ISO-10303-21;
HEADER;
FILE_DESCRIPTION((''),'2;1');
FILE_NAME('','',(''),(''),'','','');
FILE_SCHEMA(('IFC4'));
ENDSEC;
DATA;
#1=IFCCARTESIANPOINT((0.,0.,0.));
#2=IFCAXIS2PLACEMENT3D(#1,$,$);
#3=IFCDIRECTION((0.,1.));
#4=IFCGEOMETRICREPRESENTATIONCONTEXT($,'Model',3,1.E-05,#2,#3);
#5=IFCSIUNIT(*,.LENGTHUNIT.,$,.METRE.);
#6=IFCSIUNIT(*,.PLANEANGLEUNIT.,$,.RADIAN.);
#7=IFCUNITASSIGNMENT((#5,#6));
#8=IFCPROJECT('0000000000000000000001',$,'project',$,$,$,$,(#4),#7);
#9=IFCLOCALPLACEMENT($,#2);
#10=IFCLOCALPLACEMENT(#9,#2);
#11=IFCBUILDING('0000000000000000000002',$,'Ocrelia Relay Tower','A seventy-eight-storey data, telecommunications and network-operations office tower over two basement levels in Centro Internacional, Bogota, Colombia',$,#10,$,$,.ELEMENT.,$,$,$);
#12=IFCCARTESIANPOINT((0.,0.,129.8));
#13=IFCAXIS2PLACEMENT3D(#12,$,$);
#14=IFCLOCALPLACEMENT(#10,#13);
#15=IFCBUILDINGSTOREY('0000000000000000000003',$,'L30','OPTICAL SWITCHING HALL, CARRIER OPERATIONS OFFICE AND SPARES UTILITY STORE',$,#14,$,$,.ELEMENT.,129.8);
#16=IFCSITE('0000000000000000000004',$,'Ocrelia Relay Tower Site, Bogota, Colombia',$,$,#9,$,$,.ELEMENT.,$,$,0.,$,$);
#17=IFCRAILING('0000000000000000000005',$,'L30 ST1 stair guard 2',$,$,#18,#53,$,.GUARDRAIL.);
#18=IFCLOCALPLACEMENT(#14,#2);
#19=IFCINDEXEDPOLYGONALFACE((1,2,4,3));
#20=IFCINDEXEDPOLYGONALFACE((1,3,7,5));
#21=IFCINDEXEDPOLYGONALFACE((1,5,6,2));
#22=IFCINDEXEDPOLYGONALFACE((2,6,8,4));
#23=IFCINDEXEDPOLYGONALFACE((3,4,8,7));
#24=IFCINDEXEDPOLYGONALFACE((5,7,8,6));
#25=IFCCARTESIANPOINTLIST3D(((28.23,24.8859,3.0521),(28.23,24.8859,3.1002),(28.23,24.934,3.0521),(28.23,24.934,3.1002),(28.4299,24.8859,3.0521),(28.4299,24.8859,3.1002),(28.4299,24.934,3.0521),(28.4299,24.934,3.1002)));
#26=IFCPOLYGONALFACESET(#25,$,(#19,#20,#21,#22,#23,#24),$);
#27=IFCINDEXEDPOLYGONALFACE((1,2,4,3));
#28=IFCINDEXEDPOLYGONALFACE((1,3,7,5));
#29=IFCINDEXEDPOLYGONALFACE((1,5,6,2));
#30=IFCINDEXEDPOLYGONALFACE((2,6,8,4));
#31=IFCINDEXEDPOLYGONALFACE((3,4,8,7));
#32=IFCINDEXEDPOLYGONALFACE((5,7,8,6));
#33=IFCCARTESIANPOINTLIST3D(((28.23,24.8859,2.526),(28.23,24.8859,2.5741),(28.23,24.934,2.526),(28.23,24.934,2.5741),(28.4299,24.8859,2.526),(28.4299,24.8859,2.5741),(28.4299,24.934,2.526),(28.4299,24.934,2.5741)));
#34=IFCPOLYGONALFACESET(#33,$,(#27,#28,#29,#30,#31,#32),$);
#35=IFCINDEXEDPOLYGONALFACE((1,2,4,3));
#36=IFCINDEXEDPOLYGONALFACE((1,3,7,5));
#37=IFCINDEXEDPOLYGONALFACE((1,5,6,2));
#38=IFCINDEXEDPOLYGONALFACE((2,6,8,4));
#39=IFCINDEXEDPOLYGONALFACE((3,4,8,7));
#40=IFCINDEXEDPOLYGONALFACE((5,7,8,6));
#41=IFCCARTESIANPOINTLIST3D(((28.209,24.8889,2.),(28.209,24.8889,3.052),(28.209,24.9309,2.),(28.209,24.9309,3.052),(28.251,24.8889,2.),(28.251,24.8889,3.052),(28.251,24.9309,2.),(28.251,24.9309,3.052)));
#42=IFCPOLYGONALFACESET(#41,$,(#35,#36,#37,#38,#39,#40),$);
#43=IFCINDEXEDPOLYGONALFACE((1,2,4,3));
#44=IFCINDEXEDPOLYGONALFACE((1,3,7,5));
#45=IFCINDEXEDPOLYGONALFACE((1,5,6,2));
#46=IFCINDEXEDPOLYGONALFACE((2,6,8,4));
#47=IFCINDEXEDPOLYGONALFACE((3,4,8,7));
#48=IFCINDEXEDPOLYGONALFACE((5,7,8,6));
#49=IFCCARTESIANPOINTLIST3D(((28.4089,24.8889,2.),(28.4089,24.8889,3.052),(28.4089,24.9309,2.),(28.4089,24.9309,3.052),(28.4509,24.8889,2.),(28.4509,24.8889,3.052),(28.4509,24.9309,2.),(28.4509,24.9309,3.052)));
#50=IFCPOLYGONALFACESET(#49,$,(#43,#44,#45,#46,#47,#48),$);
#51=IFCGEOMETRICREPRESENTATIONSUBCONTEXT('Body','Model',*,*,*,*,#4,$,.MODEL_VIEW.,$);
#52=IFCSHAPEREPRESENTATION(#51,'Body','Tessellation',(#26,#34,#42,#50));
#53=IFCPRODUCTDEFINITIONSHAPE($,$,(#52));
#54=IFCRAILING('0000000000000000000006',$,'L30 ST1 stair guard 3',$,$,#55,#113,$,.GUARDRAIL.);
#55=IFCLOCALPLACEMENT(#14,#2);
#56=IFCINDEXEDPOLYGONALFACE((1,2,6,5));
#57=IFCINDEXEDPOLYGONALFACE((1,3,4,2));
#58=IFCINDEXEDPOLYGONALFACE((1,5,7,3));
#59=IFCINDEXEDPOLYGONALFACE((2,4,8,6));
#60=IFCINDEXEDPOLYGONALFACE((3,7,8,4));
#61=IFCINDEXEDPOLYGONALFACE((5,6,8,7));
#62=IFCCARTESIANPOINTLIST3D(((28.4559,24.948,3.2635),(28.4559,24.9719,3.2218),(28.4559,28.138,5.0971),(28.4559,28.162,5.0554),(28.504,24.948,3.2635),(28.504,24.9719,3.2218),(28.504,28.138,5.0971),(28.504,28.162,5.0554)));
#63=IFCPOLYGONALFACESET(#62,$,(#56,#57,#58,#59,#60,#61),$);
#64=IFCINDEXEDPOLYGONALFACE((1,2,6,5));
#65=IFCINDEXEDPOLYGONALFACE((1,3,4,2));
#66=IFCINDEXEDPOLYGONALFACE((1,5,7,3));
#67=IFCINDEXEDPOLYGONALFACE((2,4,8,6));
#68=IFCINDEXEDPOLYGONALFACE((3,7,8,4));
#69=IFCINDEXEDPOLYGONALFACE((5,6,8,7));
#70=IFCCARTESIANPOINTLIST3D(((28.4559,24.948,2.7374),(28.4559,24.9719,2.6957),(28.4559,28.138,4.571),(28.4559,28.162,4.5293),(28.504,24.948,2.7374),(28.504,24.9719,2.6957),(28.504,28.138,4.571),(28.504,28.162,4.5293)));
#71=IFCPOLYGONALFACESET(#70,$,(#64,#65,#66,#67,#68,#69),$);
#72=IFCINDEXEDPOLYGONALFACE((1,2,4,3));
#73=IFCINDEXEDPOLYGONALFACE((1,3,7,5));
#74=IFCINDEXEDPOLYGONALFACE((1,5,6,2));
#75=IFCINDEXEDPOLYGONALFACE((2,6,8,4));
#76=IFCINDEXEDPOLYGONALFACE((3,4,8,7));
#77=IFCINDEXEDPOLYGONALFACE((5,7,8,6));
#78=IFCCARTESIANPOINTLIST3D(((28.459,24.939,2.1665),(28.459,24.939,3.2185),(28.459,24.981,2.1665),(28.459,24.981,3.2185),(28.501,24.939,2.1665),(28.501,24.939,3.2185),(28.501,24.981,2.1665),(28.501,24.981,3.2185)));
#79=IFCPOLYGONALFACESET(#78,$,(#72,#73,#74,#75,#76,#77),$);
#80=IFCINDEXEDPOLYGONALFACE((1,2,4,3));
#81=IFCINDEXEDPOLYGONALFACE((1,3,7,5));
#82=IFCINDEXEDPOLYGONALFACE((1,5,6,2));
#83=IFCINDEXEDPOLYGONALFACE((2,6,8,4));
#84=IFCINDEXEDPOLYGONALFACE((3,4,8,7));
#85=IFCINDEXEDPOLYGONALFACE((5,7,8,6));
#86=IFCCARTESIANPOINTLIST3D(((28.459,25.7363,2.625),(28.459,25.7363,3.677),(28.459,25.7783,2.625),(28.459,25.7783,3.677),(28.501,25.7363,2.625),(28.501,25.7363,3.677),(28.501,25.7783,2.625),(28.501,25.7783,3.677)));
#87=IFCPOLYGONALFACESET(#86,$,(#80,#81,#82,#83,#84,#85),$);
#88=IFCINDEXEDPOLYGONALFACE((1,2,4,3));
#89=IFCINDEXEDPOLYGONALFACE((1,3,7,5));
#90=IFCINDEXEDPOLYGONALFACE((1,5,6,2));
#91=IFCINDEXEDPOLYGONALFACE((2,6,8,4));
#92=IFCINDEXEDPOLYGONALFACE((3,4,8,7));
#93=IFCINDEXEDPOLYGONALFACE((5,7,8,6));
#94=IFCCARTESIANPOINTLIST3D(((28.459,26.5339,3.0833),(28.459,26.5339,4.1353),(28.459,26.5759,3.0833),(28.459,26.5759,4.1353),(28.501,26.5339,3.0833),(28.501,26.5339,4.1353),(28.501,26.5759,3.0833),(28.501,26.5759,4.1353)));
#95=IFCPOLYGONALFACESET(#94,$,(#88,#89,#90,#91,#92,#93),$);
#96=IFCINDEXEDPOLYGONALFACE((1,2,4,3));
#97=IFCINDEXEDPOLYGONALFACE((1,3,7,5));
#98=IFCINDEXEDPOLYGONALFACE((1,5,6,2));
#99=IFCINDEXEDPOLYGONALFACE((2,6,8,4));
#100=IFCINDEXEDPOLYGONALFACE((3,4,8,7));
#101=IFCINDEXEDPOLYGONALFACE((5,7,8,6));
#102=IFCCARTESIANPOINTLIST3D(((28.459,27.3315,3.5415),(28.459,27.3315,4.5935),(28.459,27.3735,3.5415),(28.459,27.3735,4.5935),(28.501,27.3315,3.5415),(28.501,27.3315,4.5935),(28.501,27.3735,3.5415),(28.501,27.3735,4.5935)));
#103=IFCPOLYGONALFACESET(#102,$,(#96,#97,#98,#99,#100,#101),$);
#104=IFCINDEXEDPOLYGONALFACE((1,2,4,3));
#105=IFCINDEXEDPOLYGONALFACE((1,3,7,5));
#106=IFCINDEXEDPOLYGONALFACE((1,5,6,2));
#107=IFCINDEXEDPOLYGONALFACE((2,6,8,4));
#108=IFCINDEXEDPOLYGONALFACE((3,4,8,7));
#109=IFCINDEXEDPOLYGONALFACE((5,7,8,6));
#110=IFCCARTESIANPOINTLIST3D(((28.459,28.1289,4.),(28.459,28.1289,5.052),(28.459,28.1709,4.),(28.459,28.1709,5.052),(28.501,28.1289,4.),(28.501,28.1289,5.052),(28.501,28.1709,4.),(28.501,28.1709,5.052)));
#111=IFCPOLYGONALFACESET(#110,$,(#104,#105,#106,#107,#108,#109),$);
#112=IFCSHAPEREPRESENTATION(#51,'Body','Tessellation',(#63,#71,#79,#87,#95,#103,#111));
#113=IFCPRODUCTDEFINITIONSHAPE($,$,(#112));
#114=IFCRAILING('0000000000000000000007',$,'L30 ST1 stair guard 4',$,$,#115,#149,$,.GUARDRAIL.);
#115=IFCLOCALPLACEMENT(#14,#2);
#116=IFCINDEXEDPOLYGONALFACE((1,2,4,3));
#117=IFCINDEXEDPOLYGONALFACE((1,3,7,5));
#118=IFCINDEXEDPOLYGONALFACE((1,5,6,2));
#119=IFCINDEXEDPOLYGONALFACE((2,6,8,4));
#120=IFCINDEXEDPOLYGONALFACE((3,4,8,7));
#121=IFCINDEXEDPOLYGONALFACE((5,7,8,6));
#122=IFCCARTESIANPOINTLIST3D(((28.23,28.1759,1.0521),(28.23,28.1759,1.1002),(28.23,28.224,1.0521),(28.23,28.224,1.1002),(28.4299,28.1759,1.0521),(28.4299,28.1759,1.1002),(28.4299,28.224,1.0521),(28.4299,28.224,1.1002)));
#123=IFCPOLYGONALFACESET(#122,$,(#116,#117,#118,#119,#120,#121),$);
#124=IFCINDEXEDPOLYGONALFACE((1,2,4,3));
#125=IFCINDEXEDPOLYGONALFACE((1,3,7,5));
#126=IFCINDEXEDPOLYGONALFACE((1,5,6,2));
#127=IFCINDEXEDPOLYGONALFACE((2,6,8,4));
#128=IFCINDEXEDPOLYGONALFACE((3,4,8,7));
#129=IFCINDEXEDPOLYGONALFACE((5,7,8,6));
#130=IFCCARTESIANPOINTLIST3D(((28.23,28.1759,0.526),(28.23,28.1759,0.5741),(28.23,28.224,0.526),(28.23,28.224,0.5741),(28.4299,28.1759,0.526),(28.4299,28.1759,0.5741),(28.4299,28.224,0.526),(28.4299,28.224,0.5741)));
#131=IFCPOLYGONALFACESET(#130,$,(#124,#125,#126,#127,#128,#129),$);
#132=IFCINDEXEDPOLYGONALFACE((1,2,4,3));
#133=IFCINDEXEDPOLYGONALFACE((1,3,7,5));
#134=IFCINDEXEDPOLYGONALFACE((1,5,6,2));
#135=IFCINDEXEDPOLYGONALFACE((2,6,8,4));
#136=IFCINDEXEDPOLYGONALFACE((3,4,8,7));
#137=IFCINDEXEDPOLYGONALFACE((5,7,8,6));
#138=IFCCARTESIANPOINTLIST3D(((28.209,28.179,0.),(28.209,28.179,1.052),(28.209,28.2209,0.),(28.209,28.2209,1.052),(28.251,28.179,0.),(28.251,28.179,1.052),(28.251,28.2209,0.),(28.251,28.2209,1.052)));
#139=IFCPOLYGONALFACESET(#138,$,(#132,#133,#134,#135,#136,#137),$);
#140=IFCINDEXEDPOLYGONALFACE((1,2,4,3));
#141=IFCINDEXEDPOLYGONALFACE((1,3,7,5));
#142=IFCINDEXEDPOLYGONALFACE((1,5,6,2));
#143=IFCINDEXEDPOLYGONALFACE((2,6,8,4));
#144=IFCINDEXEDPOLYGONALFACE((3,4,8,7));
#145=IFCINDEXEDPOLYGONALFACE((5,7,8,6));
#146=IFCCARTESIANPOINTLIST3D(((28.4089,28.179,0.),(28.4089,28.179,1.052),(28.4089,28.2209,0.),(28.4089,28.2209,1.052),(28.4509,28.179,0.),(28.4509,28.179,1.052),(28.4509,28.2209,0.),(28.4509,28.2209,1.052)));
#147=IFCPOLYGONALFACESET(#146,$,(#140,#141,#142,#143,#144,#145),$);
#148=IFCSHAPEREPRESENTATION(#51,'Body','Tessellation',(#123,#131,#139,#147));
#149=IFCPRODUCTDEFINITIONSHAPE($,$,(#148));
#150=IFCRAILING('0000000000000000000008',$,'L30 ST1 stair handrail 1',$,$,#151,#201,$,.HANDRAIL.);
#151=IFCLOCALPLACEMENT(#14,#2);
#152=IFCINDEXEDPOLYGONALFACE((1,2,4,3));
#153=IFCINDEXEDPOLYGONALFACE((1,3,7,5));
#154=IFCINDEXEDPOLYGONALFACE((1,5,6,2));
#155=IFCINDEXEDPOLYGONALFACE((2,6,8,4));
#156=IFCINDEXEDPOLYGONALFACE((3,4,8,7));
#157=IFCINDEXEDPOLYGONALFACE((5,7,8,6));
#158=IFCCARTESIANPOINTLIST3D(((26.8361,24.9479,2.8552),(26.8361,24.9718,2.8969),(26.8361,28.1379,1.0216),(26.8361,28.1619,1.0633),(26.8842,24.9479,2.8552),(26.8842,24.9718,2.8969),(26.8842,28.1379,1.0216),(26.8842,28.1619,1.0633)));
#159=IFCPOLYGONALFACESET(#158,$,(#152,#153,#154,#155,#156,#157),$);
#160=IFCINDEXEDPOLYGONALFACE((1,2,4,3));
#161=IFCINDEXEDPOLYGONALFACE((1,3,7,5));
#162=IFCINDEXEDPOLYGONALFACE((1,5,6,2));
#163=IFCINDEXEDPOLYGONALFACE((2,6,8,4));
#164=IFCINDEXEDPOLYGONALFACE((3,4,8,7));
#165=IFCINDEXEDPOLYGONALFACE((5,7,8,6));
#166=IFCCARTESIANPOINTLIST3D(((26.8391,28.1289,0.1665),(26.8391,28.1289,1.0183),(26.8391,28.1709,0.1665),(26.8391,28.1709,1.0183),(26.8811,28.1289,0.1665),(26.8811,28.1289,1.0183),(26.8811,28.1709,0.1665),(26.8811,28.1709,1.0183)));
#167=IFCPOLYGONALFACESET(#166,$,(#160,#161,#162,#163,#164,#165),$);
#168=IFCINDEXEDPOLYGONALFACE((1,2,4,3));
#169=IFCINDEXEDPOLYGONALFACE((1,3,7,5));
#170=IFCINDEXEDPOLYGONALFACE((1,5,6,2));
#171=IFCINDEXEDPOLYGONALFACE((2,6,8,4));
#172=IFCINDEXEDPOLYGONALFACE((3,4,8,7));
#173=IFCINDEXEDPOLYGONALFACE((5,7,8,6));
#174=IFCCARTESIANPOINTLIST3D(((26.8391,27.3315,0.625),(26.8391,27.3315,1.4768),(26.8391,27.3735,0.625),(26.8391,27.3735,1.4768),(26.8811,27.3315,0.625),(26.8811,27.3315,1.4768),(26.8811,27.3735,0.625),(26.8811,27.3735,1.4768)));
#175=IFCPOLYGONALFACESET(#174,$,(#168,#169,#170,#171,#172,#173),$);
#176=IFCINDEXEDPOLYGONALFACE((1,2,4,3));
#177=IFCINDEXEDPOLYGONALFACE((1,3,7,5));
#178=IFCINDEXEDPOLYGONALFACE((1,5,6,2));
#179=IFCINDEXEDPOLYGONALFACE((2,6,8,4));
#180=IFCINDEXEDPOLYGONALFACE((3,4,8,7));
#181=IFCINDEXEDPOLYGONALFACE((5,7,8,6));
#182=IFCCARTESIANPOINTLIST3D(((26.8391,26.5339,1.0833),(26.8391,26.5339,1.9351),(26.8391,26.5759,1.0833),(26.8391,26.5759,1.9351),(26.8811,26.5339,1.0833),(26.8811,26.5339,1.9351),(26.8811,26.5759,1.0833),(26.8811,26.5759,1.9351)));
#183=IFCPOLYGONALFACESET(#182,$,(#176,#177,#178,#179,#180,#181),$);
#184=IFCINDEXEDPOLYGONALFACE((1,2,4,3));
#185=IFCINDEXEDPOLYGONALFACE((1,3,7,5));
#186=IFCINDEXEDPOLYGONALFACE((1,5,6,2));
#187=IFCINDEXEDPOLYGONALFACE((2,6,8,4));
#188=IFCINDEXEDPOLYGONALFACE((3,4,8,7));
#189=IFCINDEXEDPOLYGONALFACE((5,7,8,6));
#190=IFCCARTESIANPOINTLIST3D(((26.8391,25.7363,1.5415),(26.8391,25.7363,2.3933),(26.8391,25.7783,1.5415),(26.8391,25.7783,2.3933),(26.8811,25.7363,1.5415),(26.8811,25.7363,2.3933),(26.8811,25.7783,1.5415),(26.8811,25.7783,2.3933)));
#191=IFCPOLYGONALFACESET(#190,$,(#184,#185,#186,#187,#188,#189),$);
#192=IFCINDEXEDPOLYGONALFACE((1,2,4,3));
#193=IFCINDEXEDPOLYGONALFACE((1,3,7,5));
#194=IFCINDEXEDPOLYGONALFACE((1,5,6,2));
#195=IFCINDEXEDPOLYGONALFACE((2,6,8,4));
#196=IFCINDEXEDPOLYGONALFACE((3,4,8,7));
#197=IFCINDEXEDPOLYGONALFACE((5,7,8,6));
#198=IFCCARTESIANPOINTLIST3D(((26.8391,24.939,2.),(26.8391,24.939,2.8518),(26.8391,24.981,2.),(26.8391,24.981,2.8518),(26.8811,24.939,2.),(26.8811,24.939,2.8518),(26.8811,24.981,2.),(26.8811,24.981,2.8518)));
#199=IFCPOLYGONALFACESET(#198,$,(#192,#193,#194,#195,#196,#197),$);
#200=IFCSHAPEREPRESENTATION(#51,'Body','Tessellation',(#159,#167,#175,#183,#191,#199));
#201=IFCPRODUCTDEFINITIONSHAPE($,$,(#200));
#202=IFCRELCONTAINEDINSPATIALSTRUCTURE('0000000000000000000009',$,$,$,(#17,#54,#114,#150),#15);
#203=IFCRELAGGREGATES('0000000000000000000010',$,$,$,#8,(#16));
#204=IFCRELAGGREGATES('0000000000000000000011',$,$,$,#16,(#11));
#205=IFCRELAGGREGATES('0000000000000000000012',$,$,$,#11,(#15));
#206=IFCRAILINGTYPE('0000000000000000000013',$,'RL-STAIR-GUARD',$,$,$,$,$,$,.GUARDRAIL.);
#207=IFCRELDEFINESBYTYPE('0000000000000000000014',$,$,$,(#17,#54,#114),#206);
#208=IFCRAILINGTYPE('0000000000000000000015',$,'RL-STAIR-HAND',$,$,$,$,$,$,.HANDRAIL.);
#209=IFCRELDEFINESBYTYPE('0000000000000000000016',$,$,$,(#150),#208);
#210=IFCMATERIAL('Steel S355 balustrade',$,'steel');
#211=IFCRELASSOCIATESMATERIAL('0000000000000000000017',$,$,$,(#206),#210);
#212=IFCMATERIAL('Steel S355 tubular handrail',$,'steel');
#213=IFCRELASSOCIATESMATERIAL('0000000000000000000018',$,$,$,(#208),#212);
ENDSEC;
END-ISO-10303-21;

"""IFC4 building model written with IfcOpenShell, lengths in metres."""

from ifc_helpers import new_model, si_unit, direction, frame, origin, origin_2d, place, context, subcontext, project, spatial, rectangle, extrude, material, type_object, element, save


model = new_model("IFC4")

# Units and contexts
model_context = context("Model", 3, precision=1e-05, world=origin(), true_north=direction((0.0, 1.0)))
body_context = subcontext(model_context, "Body", "Model", "MODEL_VIEW")
ifc_project = project(units=[si_unit("LENGTHUNIT", "METRE"), si_unit("PLANEANGLEUNIT", "RADIAN")], contexts=[model_context])

# Site, building, storey
site_placement = place(None, origin())
site = spatial("IfcSite", under=ifc_project, at=site_placement, Name="Ocrelia Relay Tower Site, Bogota, Colombia", CompositionType="ELEMENT", RefElevation=0.0)
building_placement = place(site_placement, origin())
building = spatial("IfcBuilding", under=site, at=building_placement, Name="Ocrelia Relay Tower", Description="A seventy-eight-storey data, telecommunications and network-operations office tower over two basement levels in Centro Internacional, Bogota, Colombia", CompositionType="ELEMENT")
storey_placement = place(building_placement, frame((0.0, 0.0, 129.8)))
storey = spatial("IfcBuildingStorey", under=building, at=storey_placement, Name="L30", Description="OPTICAL SWITCHING HALL, CARRIER OPERATIONS OFFICE AND SPARES UTILITY STORE", CompositionType="ELEMENT", Elevation=129.8)

# Railings
ifc_material_1 = material(Name="Steel S355 balustrade", Category="steel")
railing_type_1 = type_object("IfcRailingType", Name="RL-STAIR-GUARD", PredefinedType="GUARDRAIL", material=ifc_material_1)
railing_1_placement = place(storey_placement, frame((28.23, 24.9099, 2.0)))
element("IfcRailing", 1, at=railing_1_placement, inside=storey, type_object=railing_type_1, Name="L30 ST1 stair guard 2", PredefinedType="GUARDRAIL", context=body_context, shape_type="SweptSolid", body=[
    extrude(rectangle(XDim=0.0481, YDim=0.0481, at=origin_2d()), frame((0.0, 0.0, 1.0762), z_axis=(1.0, 0.0, 0.0), x_axis=(0.0, 1.0, 0.0)), (0.0, 0.0, 1.0), 0.2),
    extrude(rectangle(XDim=0.0481, YDim=0.0481, at=origin_2d()), frame((0.0, 0.0, 0.55), z_axis=(1.0, 0.0, 0.0), x_axis=(0.0, 1.0, 0.0)), (0.0, 0.0, 1.0), 0.2),
    extrude(rectangle(XDim=0.042, YDim=0.042, at=origin_2d()), origin(), (0.0, 0.0, 1.0), 1.052),
    extrude(rectangle(XDim=0.042, YDim=0.042, at=origin_2d()), frame((0.2, 0.0, 0.0)), (0.0, 0.0, 1.0), 1.052),
])
railing_2_placement = place(storey_placement, frame((28.48, 24.96, 2.1665)))
element("IfcRailing", 2, at=railing_2_placement, inside=storey, type_object=railing_type_1, Name="L30 ST1 stair guard 3", PredefinedType="GUARDRAIL", context=body_context, shape_type="SweptSolid", body=[
    extrude(rectangle(XDim=0.0481, YDim=0.0481, at=origin_2d()), frame((0.0, 0.0, 1.0762), z_axis=(0.0, 0.866991, 0.498324), x_axis=(-1.0, 0.0, 0.0)), (0.0, 0.0, 1.0), 3.6794),
    extrude(rectangle(XDim=0.0481, YDim=0.0481, at=origin_2d()), frame((0.0, 0.0, 0.55), z_axis=(0.0, 0.866991, 0.498324), x_axis=(-1.0, 0.0, 0.0)), (0.0, 0.0, 1.0), 3.6794),
    extrude(rectangle(XDim=0.042, YDim=0.042, at=origin_2d()), origin(), (0.0, 0.0, 1.0), 1.052),
    extrude(rectangle(XDim=0.042, YDim=0.042, at=origin_2d()), frame((0.0, 0.7974, 0.4585)), (0.0, 0.0, 1.0), 1.052),
    extrude(rectangle(XDim=0.042, YDim=0.042, at=origin_2d()), frame((0.0, 1.595, 0.9167)), (0.0, 0.0, 1.0), 1.052),
    extrude(rectangle(XDim=0.042, YDim=0.042, at=origin_2d()), frame((0.0, 2.3926, 1.375)), (0.0, 0.0, 1.0), 1.052),
    extrude(rectangle(XDim=0.042, YDim=0.042, at=origin_2d()), frame((0.0, 3.1899, 1.8335)), (0.0, 0.0, 1.0), 1.052),
])
railing_3_placement = place(storey_placement, frame((28.23, 28.2, 0.0)))
element("IfcRailing", 3, at=railing_3_placement, inside=storey, type_object=railing_type_1, Name="L30 ST1 stair guard 4", PredefinedType="GUARDRAIL", context=body_context, shape_type="SweptSolid", body=[
    extrude(rectangle(XDim=0.0481, YDim=0.0481, at=origin_2d()), frame((0.0, 0.0, 1.0762), z_axis=(1.0, 0.0, 0.0), x_axis=(0.0, 1.0, 0.0)), (0.0, 0.0, 1.0), 0.2),
    extrude(rectangle(XDim=0.0481, YDim=0.0481, at=origin_2d()), frame((0.0, 0.0, 0.55), z_axis=(1.0, 0.0, 0.0), x_axis=(0.0, 1.0, 0.0)), (0.0, 0.0, 1.0), 0.2),
    extrude(rectangle(XDim=0.042, YDim=0.042, at=origin_2d()), origin(), (0.0, 0.0, 1.0), 1.052),
    extrude(rectangle(XDim=0.042, YDim=0.042, at=origin_2d()), frame((0.2, 0.0, 0.0)), (0.0, 0.0, 1.0), 1.052),
])
ifc_material_2 = material(Name="Steel S355 tubular handrail", Category="steel")
railing_type_2 = type_object("IfcRailingType", Name="RL-STAIR-HAND", PredefinedType="HANDRAIL", material=ifc_material_2)
railing_4_placement = place(storey_placement, frame((26.8601, 28.1499, 0.1665)))
element("IfcRailing", 4, at=railing_4_placement, inside=storey, type_object=railing_type_2, Name="L30 ST1 stair handrail 1", PredefinedType="HANDRAIL", context=body_context, shape_type="SweptSolid", body=[
    extrude(rectangle(XDim=0.0481, YDim=0.0481, at=origin_2d()), frame((0.0, 0.0, 0.876), z_axis=(0.0, -0.866991, 0.498324), x_axis=(1.0, 0.0, 0.0)), (0.0, 0.0, 1.0), 3.6794),
    extrude(rectangle(XDim=0.042, YDim=0.042, at=origin_2d()), origin(), (0.0, 0.0, 1.0), 0.8518),
    extrude(rectangle(XDim=0.042, YDim=0.042, at=origin_2d()), frame((0.0, -0.7974, 0.4585)), (0.0, 0.0, 1.0), 0.8518),
    extrude(rectangle(XDim=0.042, YDim=0.042, at=origin_2d()), frame((0.0, -1.595, 0.9167)), (0.0, 0.0, 1.0), 0.8518),
    extrude(rectangle(XDim=0.042, YDim=0.042, at=origin_2d()), frame((0.0, -2.3926, 1.375)), (0.0, 0.0, 1.0), 0.8518),
    extrude(rectangle(XDim=0.042, YDim=0.042, at=origin_2d()), frame((0.0, -3.1899, 1.8335)), (0.0, 0.0, 1.0), 0.8518),
])

save(model, "model.ifc")
